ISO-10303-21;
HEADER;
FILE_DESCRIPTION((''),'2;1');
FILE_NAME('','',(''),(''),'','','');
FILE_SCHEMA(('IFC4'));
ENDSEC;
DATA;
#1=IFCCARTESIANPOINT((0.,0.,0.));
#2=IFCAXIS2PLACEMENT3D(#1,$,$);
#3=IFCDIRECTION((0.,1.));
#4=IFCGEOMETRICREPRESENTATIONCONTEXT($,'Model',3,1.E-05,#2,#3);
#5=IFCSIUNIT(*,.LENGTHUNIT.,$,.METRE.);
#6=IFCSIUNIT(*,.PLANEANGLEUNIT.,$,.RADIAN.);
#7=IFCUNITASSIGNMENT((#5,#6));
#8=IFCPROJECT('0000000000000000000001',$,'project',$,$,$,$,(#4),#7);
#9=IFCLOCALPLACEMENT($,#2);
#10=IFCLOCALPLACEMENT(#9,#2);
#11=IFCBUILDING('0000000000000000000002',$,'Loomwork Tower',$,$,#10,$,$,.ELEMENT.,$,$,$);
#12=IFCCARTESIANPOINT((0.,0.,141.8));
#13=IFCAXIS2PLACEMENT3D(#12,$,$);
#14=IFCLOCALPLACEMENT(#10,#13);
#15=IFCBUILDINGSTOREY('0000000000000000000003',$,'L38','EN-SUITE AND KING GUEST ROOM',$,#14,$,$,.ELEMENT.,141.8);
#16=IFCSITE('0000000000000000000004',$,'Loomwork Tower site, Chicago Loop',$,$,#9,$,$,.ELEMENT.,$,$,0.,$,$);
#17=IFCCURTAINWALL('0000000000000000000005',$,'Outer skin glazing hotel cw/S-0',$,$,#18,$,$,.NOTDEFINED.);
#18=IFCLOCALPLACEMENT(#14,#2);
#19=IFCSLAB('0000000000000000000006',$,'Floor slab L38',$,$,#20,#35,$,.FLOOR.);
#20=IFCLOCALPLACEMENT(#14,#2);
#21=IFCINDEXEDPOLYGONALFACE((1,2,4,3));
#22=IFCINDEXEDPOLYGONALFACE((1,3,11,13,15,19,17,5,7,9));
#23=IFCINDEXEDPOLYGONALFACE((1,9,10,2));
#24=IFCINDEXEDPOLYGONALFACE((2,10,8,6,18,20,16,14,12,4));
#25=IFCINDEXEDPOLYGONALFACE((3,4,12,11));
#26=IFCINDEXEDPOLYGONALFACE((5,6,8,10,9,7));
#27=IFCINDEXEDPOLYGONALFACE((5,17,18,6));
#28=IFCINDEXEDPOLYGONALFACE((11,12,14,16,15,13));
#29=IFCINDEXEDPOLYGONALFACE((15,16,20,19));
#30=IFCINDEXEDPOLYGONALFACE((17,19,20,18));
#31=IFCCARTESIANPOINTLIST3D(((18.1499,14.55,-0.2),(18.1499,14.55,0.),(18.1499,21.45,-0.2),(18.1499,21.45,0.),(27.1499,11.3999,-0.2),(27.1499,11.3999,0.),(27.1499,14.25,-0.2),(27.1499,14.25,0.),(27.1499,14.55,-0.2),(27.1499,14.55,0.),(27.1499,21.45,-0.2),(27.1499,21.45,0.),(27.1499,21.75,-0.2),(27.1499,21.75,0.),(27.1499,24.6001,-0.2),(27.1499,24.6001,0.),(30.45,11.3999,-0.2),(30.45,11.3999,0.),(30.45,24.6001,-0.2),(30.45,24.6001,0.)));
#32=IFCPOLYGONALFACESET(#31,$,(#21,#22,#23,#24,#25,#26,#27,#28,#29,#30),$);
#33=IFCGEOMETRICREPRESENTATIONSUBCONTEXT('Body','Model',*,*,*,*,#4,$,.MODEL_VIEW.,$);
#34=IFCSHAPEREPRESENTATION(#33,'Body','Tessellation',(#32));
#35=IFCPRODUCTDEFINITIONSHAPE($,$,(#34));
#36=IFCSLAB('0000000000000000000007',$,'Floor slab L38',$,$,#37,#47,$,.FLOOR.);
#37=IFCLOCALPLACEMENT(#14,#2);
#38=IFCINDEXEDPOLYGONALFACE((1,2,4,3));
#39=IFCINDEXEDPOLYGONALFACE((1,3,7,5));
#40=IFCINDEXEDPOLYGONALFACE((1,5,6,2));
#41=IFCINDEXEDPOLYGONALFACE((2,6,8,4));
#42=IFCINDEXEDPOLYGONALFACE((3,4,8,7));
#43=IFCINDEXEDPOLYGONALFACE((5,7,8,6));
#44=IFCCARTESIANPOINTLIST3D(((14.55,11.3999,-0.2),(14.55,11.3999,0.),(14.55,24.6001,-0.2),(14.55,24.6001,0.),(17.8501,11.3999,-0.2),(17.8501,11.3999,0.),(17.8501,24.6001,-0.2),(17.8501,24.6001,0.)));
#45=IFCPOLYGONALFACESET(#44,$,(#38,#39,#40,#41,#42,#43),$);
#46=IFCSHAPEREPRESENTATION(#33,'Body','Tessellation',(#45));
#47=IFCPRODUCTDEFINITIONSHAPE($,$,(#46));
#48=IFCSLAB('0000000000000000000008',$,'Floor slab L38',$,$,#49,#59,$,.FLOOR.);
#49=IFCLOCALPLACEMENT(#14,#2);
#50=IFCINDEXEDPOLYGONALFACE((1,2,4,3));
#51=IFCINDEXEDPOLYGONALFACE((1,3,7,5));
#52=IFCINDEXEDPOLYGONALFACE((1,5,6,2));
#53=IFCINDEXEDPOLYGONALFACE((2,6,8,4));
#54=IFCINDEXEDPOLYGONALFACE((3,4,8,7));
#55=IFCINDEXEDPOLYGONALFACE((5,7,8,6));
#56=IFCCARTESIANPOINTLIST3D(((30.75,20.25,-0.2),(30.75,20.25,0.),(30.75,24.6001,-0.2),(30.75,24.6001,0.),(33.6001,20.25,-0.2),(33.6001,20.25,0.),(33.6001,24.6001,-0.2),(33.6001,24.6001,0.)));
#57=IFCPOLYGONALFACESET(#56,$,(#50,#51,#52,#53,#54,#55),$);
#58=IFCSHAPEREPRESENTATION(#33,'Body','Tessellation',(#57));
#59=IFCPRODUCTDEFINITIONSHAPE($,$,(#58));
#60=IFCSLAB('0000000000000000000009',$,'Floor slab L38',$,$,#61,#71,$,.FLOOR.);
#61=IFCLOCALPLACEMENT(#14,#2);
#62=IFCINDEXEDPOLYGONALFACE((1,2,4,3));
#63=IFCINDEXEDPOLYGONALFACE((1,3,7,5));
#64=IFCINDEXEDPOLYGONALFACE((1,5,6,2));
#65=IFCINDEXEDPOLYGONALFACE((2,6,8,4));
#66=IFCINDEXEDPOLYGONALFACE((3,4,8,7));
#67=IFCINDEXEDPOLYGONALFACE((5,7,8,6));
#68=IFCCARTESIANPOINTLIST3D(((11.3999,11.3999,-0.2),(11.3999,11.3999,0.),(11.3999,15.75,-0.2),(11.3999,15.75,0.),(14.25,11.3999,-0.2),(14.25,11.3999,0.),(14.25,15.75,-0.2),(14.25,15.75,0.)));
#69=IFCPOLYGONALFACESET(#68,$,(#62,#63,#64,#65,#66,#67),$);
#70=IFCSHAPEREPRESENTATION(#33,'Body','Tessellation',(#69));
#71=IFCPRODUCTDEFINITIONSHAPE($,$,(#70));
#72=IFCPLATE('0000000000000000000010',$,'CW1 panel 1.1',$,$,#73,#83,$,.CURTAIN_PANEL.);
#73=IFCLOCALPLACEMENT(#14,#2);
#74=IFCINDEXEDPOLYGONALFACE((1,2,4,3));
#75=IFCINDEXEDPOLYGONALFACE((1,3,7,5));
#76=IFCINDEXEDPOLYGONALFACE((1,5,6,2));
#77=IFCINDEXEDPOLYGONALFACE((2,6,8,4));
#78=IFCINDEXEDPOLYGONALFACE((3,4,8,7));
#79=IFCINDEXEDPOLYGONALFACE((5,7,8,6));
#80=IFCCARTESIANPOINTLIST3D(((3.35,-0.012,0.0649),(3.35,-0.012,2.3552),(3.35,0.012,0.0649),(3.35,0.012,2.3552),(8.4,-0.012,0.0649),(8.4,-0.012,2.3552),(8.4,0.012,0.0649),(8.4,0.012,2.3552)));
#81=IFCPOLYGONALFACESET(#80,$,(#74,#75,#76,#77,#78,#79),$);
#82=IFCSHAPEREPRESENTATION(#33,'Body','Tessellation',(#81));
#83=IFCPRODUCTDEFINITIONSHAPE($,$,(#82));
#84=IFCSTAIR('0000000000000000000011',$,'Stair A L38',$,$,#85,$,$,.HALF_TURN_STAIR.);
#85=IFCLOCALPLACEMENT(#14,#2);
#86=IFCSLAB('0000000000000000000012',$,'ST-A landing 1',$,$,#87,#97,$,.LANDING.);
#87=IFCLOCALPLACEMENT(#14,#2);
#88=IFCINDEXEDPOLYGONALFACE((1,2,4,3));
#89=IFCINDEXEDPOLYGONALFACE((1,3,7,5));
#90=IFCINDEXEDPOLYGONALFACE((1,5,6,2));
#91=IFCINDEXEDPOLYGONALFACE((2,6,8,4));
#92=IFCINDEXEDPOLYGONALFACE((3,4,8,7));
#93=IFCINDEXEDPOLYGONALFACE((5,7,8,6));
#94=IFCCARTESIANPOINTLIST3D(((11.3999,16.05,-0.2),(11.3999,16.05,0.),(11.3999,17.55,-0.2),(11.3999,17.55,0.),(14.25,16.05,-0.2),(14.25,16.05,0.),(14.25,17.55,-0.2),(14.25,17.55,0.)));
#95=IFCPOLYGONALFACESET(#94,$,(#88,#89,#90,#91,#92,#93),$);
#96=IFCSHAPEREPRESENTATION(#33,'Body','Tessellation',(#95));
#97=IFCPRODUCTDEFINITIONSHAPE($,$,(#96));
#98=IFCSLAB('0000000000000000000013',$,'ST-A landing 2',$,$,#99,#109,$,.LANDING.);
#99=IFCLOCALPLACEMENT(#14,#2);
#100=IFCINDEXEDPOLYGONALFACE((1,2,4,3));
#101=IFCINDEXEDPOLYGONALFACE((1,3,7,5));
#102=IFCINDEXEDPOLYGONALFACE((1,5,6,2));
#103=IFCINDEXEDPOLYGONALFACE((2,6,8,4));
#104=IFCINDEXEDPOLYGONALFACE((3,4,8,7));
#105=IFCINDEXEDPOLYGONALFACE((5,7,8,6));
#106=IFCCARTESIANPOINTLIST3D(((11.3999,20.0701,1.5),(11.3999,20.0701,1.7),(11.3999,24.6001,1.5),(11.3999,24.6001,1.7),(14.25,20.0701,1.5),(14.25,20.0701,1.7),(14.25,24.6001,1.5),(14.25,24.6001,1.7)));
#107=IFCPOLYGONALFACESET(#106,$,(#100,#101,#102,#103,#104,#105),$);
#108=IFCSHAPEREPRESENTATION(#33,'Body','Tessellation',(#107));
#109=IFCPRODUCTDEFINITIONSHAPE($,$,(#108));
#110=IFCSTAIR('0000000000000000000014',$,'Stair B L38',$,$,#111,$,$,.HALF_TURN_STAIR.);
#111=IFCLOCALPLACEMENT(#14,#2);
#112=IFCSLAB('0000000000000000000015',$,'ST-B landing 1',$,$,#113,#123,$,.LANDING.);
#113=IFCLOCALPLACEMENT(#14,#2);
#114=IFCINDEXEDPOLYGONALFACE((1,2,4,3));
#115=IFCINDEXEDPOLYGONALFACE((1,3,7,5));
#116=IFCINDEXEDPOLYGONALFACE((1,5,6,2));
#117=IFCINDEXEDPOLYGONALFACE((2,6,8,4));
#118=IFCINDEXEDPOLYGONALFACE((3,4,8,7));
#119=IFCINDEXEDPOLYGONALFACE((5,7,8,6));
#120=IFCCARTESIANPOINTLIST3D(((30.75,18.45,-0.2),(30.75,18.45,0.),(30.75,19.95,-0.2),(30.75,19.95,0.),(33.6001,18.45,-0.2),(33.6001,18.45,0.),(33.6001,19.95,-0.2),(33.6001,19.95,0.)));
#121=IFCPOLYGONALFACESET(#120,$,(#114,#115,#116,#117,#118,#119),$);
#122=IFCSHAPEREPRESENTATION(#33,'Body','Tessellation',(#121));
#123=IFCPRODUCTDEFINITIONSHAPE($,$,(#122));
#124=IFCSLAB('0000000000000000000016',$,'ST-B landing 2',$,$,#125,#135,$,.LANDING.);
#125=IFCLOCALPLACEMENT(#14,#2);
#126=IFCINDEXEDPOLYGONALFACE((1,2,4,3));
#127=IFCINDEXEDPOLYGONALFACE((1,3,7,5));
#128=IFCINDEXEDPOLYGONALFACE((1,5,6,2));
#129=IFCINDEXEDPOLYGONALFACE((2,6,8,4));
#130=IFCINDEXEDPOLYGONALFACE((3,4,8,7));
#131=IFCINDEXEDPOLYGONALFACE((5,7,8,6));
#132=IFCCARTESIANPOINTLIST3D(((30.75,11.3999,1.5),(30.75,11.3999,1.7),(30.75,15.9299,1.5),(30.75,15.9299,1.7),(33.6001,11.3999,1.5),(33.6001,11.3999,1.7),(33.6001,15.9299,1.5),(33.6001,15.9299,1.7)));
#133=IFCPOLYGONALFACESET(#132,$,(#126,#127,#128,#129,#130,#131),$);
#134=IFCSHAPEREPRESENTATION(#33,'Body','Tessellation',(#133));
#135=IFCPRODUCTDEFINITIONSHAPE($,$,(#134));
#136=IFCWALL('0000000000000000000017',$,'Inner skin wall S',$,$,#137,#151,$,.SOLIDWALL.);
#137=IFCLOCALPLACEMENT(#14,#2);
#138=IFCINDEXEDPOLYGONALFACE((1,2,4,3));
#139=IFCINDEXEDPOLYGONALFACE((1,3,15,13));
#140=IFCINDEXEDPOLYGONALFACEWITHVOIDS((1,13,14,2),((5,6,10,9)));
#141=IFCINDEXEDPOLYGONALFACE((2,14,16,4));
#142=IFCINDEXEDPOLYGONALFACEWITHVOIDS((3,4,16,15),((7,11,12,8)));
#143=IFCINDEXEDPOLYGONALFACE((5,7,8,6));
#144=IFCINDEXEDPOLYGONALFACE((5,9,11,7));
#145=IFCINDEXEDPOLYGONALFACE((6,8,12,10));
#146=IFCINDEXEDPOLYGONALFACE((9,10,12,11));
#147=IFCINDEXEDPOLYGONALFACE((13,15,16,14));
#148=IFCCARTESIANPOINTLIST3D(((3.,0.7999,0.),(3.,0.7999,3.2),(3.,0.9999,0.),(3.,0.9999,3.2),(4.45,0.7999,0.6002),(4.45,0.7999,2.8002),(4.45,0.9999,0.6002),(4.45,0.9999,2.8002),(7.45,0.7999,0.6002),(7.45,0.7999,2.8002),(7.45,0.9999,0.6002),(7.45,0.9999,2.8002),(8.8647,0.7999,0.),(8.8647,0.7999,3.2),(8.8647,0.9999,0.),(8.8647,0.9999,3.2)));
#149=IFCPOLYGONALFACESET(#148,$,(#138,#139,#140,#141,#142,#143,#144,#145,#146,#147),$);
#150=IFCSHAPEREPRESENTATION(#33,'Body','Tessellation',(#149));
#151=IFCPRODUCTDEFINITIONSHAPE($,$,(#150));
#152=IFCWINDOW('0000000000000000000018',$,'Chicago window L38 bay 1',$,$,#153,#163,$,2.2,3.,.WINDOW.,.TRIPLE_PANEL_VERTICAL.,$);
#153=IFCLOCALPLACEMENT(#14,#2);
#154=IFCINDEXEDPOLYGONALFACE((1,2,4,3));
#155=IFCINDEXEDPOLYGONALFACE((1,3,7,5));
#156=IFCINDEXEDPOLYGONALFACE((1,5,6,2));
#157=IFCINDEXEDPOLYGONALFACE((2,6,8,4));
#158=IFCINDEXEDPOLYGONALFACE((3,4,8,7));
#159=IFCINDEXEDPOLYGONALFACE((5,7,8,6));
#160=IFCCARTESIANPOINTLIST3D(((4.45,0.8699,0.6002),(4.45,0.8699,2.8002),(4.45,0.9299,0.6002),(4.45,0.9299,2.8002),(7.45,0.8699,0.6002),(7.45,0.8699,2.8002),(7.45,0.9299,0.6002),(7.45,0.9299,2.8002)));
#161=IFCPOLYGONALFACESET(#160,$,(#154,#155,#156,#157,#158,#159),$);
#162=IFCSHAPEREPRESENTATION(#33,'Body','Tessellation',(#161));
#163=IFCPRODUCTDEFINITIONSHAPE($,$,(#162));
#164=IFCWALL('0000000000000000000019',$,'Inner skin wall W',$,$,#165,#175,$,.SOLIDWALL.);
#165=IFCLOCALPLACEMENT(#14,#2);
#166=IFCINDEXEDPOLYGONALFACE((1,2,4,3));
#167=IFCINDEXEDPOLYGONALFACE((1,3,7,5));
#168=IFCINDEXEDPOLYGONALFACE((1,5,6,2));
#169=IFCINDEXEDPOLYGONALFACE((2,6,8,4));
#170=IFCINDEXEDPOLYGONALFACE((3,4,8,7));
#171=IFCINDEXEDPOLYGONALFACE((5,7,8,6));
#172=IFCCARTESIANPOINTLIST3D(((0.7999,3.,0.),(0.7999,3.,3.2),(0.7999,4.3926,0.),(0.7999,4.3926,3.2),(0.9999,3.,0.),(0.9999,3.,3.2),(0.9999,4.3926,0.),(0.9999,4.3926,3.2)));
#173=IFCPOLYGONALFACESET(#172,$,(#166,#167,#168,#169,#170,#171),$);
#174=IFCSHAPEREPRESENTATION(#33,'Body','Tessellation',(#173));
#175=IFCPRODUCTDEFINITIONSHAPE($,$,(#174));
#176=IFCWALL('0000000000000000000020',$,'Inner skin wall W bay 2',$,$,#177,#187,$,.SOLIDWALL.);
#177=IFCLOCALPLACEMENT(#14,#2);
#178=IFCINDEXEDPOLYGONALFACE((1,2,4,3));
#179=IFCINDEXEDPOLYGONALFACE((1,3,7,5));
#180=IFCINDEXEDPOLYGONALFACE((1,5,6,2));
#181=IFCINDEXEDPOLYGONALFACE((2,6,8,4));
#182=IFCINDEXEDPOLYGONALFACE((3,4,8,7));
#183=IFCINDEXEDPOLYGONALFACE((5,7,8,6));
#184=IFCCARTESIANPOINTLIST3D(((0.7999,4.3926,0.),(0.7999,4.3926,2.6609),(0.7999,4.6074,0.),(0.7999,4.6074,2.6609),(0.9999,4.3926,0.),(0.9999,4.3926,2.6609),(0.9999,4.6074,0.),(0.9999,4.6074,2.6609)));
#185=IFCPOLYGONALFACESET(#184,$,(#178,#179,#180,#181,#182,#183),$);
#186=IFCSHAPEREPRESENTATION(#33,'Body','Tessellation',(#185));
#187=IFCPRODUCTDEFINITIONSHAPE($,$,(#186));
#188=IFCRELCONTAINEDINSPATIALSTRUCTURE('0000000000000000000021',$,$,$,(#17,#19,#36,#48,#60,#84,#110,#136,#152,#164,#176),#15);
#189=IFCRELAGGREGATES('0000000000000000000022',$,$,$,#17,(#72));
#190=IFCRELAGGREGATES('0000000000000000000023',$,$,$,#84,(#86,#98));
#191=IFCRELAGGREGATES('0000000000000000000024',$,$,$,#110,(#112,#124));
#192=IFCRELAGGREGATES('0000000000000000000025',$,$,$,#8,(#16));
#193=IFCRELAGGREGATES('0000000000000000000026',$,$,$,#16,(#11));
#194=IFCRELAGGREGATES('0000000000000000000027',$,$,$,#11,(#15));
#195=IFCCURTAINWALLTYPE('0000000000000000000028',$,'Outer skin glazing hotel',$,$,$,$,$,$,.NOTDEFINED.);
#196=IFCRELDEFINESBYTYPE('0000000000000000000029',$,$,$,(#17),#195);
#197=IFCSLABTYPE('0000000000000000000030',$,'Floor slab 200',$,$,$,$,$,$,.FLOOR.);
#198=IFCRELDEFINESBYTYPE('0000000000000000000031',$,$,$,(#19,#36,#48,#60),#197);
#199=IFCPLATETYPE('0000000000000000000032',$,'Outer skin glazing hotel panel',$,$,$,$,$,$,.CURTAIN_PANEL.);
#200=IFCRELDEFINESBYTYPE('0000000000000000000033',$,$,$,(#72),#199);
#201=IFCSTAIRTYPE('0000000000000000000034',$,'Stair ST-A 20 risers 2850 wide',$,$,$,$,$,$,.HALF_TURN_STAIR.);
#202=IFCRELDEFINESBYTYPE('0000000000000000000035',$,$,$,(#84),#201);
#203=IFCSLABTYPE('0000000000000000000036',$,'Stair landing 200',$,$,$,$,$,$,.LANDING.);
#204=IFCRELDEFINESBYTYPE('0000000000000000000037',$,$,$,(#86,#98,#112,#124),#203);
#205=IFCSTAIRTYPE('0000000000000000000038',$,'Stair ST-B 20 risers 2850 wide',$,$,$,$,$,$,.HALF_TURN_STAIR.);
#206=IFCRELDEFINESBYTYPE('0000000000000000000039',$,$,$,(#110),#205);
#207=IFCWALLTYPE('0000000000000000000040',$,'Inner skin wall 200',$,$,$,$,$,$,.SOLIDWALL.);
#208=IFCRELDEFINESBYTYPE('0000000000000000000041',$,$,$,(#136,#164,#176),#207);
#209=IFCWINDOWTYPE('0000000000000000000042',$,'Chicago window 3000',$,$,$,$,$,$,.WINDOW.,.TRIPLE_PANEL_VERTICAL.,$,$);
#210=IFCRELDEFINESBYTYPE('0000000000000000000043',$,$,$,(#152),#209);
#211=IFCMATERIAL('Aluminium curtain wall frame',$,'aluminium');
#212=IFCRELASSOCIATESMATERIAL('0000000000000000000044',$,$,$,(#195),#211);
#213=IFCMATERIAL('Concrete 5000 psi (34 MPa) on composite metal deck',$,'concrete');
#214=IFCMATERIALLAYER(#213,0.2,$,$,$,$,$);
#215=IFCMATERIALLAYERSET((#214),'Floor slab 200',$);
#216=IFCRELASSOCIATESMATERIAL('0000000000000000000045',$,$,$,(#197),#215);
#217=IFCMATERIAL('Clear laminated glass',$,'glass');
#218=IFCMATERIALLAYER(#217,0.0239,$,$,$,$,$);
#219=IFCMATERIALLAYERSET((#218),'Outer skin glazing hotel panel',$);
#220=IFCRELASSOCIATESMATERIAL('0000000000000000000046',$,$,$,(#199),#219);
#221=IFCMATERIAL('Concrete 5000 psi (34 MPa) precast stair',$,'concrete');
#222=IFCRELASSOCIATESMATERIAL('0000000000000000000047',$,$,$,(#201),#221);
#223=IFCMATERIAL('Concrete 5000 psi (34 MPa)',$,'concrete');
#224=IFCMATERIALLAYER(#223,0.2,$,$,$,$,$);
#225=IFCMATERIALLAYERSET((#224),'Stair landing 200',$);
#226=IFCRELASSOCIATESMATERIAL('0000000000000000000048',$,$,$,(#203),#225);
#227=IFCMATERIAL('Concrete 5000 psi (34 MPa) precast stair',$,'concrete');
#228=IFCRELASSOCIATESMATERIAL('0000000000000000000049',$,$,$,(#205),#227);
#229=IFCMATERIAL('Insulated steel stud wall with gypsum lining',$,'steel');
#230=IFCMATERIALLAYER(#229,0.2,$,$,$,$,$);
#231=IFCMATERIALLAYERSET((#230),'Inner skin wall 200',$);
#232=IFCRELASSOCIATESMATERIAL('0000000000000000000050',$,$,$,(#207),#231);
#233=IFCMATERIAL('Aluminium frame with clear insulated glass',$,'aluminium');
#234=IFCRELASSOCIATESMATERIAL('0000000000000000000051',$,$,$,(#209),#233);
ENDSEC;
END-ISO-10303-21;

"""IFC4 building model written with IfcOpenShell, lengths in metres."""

from ifc_helpers import new_model, si_unit, direction, frame, frame_2d, origin, origin_2d, place, context, subcontext, project, spatial, polyline, rectangle, outline, extrude, material, layer, layer_set, type_object, element, fill, aggregate, save


model = new_model("IFC4")

# Units and contexts
model_context = context("Model", 3, precision=1e-05, world=origin(), true_north=direction((0.0, 1.0)))
body_context = subcontext(model_context, "Body", "Model", "MODEL_VIEW")
ifc_project = project(units=[si_unit("LENGTHUNIT", "METRE"), si_unit("PLANEANGLEUNIT", "RADIAN")], contexts=[model_context])

# Site, building, storey
site_placement = place(None, origin())
site = spatial("IfcSite", under=ifc_project, at=site_placement, Name="Loomwork Tower site, Chicago Loop", CompositionType="ELEMENT", RefElevation=0.0)
building_placement = place(site_placement, origin())
building = spatial("IfcBuilding", under=site, at=building_placement, Name="Loomwork Tower", CompositionType="ELEMENT")
storey_placement = place(building_placement, frame((0.0, 0.0, 141.8)))
storey = spatial("IfcBuildingStorey", under=building, at=storey_placement, Name="L38", Description="EN-SUITE AND KING GUEST ROOM", CompositionType="ELEMENT", Elevation=141.8)

# Curtain wall
ifc_material_1 = material(Name="Aluminium curtain wall frame", Category="aluminium")
curtain_wall_type = type_object("IfcCurtainWallType", Name="Outer skin glazing hotel", PredefinedType="NOTDEFINED", material=ifc_material_1)
curtain_wall_1_placement = place(storey_placement, origin())
curtain_wall_1 = element("IfcCurtainWall", 1, at=curtain_wall_1_placement, inside=storey, type_object=curtain_wall_type, Name="Outer skin glazing hotel cw/S-0", PredefinedType="NOTDEFINED")

# Slabs
ifc_material_2 = material(Name="Concrete 5000 psi (34 MPa) on composite metal deck", Category="concrete")
ifc_layer_1 = layer(ifc_material_2, 0.2)
ifc_layer_set_1 = layer_set([ifc_layer_1], Name="Floor slab 200")
slab_type_1 = type_object("IfcSlabType", Name="Floor slab 200", PredefinedType="FLOOR", material=ifc_layer_set_1)
slab_1_placement = place(storey_placement, frame((0.0, 0.0, -0.2)))
element("IfcSlab", 2, at=slab_1_placement, inside=storey, type_object=slab_type_1, Name="Floor slab L38", PredefinedType="FLOOR", context=body_context, shape_type="SweptSolid", body=[
    extrude(outline(polyline([(30.45, 24.6001), (30.45, 11.3999), (27.1499, 11.3999), (27.1499, 14.25), (27.1499, 14.55), (18.1499, 14.55), (18.1499, 21.45), (27.1499, 21.45), (27.1499, 21.75), (27.1499, 24.6001), (30.45, 24.6001)])), origin(), (0.0, 0.0, 1.0), 0.2),
])
slab_2_placement = place(storey_placement, frame((0.0, 0.0, -0.2)))
element("IfcSlab", 3, at=slab_2_placement, inside=storey, type_object=slab_type_1, Name="Floor slab L38", PredefinedType="FLOOR", context=body_context, shape_type="SweptSolid", body=[
    extrude(outline(polyline([(14.55, 11.3999), (14.55, 24.6001), (17.8501, 24.6001), (17.8501, 11.3999), (14.55, 11.3999)])), origin(), (0.0, 0.0, 1.0), 0.2),
])
slab_3_placement = place(storey_placement, frame((0.0, 0.0, -0.2)))
element("IfcSlab", 4, at=slab_3_placement, inside=storey, type_object=slab_type_1, Name="Floor slab L38", PredefinedType="FLOOR", context=body_context, shape_type="SweptSolid", body=[
    extrude(outline(polyline([(33.6001, 20.25), (30.75, 20.25), (30.75, 24.6001), (33.6001, 24.6001), (33.6001, 20.25)])), origin(), (0.0, 0.0, 1.0), 0.2),
])
slab_4_placement = place(storey_placement, frame((0.0, 0.0, -0.2)))
element("IfcSlab", 5, at=slab_4_placement, inside=storey, type_object=slab_type_1, Name="Floor slab L38", PredefinedType="FLOOR", context=body_context, shape_type="SweptSolid", body=[
    extrude(outline(polyline([(14.25, 15.75), (14.25, 11.3999), (11.3999, 11.3999), (11.3999, 15.75), (14.25, 15.75)])), origin(), (0.0, 0.0, 1.0), 0.2),
])

# Plate
ifc_material_3 = material(Name="Clear laminated glass", Category="glass")
ifc_layer_2 = layer(ifc_material_3, 0.0239)
ifc_layer_set_2 = layer_set([ifc_layer_2], Name="Outer skin glazing hotel panel")
plate_type = type_object("IfcPlateType", Name="Outer skin glazing hotel panel", PredefinedType="CURTAIN_PANEL", material=ifc_layer_set_2)
plate_placement = place(storey_placement, frame((5.875, 0.0, 0.0649), z_axis=(0.0, 0.0, 1.0), x_axis=(1.0, 0.0, 0.0)))
plate = element("IfcPlate", 6, at=plate_placement, type_object=plate_type, Name="CW1 panel 1.1", PredefinedType="CURTAIN_PANEL", context=body_context, shape_type="SweptSolid", body=[
    extrude(rectangle(XDim=5.05, YDim=0.0239, at=origin_2d()), origin(), (0.0, 0.0, 1.0), 2.2903),
])
aggregate(curtain_wall_1, [plate])

# Stairs, slabs
ifc_material_4 = material(Name="Concrete 5000 psi (34 MPa) precast stair", Category="concrete")
stair_type_1 = type_object("IfcStairType", Name="Stair ST-A 20 risers 2850 wide", PredefinedType="HALF_TURN_STAIR", material=ifc_material_4)
stair_1_placement = place(storey_placement, origin())
stair_1 = element("IfcStair", 7, at=stair_1_placement, inside=storey, type_object=stair_type_1, Name="Stair A L38", PredefinedType="HALF_TURN_STAIR")
ifc_material_5 = material(Name="Concrete 5000 psi (34 MPa)", Category="concrete")
ifc_layer_3 = layer(ifc_material_5, 0.2)
ifc_layer_set_3 = layer_set([ifc_layer_3], Name="Stair landing 200")
slab_type_2 = type_object("IfcSlabType", Name="Stair landing 200", PredefinedType="LANDING", material=ifc_layer_set_3)
slab_5_placement = place(storey_placement, frame((0.0, 0.0, -0.2)))
slab_5 = element("IfcSlab", 8, at=slab_5_placement, type_object=slab_type_2, Name="ST-A landing 1", PredefinedType="LANDING", context=body_context, shape_type="SweptSolid", body=[
    extrude(outline(polyline([(11.3999, 16.05), (14.25, 16.05), (14.25, 17.55), (11.3999, 17.55), (11.3999, 16.05)])), origin(), (0.0, 0.0, 1.0), 0.2),
])
slab_6_placement = place(storey_placement, frame((0.0, 0.0, 1.5)))
slab_6 = element("IfcSlab", 9, at=slab_6_placement, type_object=slab_type_2, Name="ST-A landing 2", PredefinedType="LANDING", context=body_context, shape_type="SweptSolid", body=[
    extrude(outline(polyline([(11.3999, 20.0701), (14.25, 20.0701), (14.25, 24.6001), (11.3999, 24.6001), (11.3999, 20.0701)])), origin(), (0.0, 0.0, 1.0), 0.2),
])
aggregate(stair_1, [slab_5, slab_6])
ifc_material_6 = material(Name="Concrete 5000 psi (34 MPa) precast stair", Category="concrete")
stair_type_2 = type_object("IfcStairType", Name="Stair ST-B 20 risers 2850 wide", PredefinedType="HALF_TURN_STAIR", material=ifc_material_6)
stair_2_placement = place(storey_placement, origin())
stair_2 = element("IfcStair", 10, at=stair_2_placement, inside=storey, type_object=stair_type_2, Name="Stair B L38", PredefinedType="HALF_TURN_STAIR")
slab_7_placement = place(storey_placement, frame((0.0, 0.0, -0.2)))
slab_7 = element("IfcSlab", 11, at=slab_7_placement, type_object=slab_type_2, Name="ST-B landing 1", PredefinedType="LANDING", context=body_context, shape_type="SweptSolid", body=[
    extrude(outline(polyline([(30.75, 18.45), (33.6001, 18.45), (33.6001, 19.95), (30.75, 19.95), (30.75, 18.45)])), origin(), (0.0, 0.0, 1.0), 0.2),
])
slab_8_placement = place(storey_placement, frame((0.0, 0.0, 1.5)))
slab_8 = element("IfcSlab", 12, at=slab_8_placement, type_object=slab_type_2, Name="ST-B landing 2", PredefinedType="LANDING", context=body_context, shape_type="SweptSolid", body=[
    extrude(outline(polyline([(30.75, 11.3999), (33.6001, 11.3999), (33.6001, 15.9299), (30.75, 15.9299), (30.75, 11.3999)])), origin(), (0.0, 0.0, 1.0), 0.2),
])
aggregate(stair_2, [slab_7, slab_8])

# Wall, opening, window
ifc_material_7 = material(Name="Insulated steel stud wall with gypsum lining", Category="steel")
ifc_layer_4 = layer(ifc_material_7, 0.2)
ifc_layer_set_4 = layer_set([ifc_layer_4], Name="Inner skin wall 200")
wall_type_1 = type_object("IfcWallType", Name="Inner skin wall 200", PredefinedType="SOLIDWALL", material=ifc_layer_set_4)
wall_1_placement = place(storey_placement, frame((3.0, 0.8999, 0.0), z_axis=(0.0, 0.0, 1.0), x_axis=(1.0, 0.0, 0.0)))
wall_1 = element("IfcWall", 13, at=wall_1_placement, inside=storey, type_object=wall_type_1, Name="Inner skin wall S", PredefinedType="SOLIDWALL", context=body_context, shape_type="SweptSolid", body=[
    extrude(rectangle(XDim=5.8647, YDim=0.2, at=frame_2d((2.9324, 0.0))), origin(), (0.0, 0.0, 1.0), 3.2),
])
opening_1_placement = place(wall_1_placement, frame((1.45, 0.0, 0.6001)))
opening_1 = element("IfcOpeningElement", 14, at=opening_1_placement, cuts=wall_1, PredefinedType="OPENING", context=body_context, shape_type="SweptSolid", body=[
    extrude(rectangle(XDim=3.0, YDim=2.2, at=frame_2d((1.5, 1.1001))), frame((0.0, 0.1099, 0.0), z_axis=(0.0, -1.0, 0.0), x_axis=(1.0, 0.0, 0.0)), (0.0, 0.0, 1.0), 0.22),
])
ifc_material_8 = material(Name="Aluminium frame with clear insulated glass", Category="aluminium")
window_type_1 = type_object("IfcWindowType", Name="Chicago window 3000", PartitioningType="TRIPLE_PANEL_VERTICAL", PredefinedType="WINDOW", material=ifc_material_8)
window_1_placement = place(opening_1_placement, origin())
window_1 = element("IfcWindow", 15, at=window_1_placement, inside=storey, type_object=window_type_1, Name="Chicago window L38 bay 1", OverallHeight=2.2, OverallWidth=3.0, PartitioningType="TRIPLE_PANEL_VERTICAL", PredefinedType="WINDOW", context=body_context, shape_type="SweptSolid", body=[
    extrude(rectangle(XDim=3.0, YDim=2.2, at=frame_2d((1.5, 1.1001))), frame((0.0, 0.03, 0.0), z_axis=(0.0, -1.0, 0.0), x_axis=(1.0, 0.0, 0.0)), (0.0, 0.0, 1.0), 0.0601),
])
fill(opening_1, window_1)

# Walls
wall_2_placement = place(storey_placement, frame((0.8999, 3.0, 0.0), z_axis=(0.0, 0.0, 1.0), x_axis=(0.0, 1.0, 0.0)))
element("IfcWall", 16, at=wall_2_placement, inside=storey, type_object=wall_type_1, Name="Inner skin wall W", PredefinedType="SOLIDWALL", context=body_context, shape_type="SweptSolid", body=[
    extrude(rectangle(XDim=1.3926, YDim=0.2, at=frame_2d((0.6963, 0.0))), origin(), (0.0, 0.0, 1.0), 3.2),
])
wall_3_placement = place(storey_placement, frame((0.8999, 4.3926, 0.0), z_axis=(0.0, 0.0, 1.0), x_axis=(0.0, 1.0, 0.0)))
element("IfcWall", 17, at=wall_3_placement, inside=storey, type_object=wall_type_1, Name="Inner skin wall W bay 2", PredefinedType="SOLIDWALL", context=body_context, shape_type="SweptSolid", body=[
    extrude(rectangle(XDim=0.2148, YDim=0.2, at=frame_2d((0.1074, 0.0))), origin(), (0.0, 0.0, 1.0), 2.6609),
])

save(model, "model.ifc")
